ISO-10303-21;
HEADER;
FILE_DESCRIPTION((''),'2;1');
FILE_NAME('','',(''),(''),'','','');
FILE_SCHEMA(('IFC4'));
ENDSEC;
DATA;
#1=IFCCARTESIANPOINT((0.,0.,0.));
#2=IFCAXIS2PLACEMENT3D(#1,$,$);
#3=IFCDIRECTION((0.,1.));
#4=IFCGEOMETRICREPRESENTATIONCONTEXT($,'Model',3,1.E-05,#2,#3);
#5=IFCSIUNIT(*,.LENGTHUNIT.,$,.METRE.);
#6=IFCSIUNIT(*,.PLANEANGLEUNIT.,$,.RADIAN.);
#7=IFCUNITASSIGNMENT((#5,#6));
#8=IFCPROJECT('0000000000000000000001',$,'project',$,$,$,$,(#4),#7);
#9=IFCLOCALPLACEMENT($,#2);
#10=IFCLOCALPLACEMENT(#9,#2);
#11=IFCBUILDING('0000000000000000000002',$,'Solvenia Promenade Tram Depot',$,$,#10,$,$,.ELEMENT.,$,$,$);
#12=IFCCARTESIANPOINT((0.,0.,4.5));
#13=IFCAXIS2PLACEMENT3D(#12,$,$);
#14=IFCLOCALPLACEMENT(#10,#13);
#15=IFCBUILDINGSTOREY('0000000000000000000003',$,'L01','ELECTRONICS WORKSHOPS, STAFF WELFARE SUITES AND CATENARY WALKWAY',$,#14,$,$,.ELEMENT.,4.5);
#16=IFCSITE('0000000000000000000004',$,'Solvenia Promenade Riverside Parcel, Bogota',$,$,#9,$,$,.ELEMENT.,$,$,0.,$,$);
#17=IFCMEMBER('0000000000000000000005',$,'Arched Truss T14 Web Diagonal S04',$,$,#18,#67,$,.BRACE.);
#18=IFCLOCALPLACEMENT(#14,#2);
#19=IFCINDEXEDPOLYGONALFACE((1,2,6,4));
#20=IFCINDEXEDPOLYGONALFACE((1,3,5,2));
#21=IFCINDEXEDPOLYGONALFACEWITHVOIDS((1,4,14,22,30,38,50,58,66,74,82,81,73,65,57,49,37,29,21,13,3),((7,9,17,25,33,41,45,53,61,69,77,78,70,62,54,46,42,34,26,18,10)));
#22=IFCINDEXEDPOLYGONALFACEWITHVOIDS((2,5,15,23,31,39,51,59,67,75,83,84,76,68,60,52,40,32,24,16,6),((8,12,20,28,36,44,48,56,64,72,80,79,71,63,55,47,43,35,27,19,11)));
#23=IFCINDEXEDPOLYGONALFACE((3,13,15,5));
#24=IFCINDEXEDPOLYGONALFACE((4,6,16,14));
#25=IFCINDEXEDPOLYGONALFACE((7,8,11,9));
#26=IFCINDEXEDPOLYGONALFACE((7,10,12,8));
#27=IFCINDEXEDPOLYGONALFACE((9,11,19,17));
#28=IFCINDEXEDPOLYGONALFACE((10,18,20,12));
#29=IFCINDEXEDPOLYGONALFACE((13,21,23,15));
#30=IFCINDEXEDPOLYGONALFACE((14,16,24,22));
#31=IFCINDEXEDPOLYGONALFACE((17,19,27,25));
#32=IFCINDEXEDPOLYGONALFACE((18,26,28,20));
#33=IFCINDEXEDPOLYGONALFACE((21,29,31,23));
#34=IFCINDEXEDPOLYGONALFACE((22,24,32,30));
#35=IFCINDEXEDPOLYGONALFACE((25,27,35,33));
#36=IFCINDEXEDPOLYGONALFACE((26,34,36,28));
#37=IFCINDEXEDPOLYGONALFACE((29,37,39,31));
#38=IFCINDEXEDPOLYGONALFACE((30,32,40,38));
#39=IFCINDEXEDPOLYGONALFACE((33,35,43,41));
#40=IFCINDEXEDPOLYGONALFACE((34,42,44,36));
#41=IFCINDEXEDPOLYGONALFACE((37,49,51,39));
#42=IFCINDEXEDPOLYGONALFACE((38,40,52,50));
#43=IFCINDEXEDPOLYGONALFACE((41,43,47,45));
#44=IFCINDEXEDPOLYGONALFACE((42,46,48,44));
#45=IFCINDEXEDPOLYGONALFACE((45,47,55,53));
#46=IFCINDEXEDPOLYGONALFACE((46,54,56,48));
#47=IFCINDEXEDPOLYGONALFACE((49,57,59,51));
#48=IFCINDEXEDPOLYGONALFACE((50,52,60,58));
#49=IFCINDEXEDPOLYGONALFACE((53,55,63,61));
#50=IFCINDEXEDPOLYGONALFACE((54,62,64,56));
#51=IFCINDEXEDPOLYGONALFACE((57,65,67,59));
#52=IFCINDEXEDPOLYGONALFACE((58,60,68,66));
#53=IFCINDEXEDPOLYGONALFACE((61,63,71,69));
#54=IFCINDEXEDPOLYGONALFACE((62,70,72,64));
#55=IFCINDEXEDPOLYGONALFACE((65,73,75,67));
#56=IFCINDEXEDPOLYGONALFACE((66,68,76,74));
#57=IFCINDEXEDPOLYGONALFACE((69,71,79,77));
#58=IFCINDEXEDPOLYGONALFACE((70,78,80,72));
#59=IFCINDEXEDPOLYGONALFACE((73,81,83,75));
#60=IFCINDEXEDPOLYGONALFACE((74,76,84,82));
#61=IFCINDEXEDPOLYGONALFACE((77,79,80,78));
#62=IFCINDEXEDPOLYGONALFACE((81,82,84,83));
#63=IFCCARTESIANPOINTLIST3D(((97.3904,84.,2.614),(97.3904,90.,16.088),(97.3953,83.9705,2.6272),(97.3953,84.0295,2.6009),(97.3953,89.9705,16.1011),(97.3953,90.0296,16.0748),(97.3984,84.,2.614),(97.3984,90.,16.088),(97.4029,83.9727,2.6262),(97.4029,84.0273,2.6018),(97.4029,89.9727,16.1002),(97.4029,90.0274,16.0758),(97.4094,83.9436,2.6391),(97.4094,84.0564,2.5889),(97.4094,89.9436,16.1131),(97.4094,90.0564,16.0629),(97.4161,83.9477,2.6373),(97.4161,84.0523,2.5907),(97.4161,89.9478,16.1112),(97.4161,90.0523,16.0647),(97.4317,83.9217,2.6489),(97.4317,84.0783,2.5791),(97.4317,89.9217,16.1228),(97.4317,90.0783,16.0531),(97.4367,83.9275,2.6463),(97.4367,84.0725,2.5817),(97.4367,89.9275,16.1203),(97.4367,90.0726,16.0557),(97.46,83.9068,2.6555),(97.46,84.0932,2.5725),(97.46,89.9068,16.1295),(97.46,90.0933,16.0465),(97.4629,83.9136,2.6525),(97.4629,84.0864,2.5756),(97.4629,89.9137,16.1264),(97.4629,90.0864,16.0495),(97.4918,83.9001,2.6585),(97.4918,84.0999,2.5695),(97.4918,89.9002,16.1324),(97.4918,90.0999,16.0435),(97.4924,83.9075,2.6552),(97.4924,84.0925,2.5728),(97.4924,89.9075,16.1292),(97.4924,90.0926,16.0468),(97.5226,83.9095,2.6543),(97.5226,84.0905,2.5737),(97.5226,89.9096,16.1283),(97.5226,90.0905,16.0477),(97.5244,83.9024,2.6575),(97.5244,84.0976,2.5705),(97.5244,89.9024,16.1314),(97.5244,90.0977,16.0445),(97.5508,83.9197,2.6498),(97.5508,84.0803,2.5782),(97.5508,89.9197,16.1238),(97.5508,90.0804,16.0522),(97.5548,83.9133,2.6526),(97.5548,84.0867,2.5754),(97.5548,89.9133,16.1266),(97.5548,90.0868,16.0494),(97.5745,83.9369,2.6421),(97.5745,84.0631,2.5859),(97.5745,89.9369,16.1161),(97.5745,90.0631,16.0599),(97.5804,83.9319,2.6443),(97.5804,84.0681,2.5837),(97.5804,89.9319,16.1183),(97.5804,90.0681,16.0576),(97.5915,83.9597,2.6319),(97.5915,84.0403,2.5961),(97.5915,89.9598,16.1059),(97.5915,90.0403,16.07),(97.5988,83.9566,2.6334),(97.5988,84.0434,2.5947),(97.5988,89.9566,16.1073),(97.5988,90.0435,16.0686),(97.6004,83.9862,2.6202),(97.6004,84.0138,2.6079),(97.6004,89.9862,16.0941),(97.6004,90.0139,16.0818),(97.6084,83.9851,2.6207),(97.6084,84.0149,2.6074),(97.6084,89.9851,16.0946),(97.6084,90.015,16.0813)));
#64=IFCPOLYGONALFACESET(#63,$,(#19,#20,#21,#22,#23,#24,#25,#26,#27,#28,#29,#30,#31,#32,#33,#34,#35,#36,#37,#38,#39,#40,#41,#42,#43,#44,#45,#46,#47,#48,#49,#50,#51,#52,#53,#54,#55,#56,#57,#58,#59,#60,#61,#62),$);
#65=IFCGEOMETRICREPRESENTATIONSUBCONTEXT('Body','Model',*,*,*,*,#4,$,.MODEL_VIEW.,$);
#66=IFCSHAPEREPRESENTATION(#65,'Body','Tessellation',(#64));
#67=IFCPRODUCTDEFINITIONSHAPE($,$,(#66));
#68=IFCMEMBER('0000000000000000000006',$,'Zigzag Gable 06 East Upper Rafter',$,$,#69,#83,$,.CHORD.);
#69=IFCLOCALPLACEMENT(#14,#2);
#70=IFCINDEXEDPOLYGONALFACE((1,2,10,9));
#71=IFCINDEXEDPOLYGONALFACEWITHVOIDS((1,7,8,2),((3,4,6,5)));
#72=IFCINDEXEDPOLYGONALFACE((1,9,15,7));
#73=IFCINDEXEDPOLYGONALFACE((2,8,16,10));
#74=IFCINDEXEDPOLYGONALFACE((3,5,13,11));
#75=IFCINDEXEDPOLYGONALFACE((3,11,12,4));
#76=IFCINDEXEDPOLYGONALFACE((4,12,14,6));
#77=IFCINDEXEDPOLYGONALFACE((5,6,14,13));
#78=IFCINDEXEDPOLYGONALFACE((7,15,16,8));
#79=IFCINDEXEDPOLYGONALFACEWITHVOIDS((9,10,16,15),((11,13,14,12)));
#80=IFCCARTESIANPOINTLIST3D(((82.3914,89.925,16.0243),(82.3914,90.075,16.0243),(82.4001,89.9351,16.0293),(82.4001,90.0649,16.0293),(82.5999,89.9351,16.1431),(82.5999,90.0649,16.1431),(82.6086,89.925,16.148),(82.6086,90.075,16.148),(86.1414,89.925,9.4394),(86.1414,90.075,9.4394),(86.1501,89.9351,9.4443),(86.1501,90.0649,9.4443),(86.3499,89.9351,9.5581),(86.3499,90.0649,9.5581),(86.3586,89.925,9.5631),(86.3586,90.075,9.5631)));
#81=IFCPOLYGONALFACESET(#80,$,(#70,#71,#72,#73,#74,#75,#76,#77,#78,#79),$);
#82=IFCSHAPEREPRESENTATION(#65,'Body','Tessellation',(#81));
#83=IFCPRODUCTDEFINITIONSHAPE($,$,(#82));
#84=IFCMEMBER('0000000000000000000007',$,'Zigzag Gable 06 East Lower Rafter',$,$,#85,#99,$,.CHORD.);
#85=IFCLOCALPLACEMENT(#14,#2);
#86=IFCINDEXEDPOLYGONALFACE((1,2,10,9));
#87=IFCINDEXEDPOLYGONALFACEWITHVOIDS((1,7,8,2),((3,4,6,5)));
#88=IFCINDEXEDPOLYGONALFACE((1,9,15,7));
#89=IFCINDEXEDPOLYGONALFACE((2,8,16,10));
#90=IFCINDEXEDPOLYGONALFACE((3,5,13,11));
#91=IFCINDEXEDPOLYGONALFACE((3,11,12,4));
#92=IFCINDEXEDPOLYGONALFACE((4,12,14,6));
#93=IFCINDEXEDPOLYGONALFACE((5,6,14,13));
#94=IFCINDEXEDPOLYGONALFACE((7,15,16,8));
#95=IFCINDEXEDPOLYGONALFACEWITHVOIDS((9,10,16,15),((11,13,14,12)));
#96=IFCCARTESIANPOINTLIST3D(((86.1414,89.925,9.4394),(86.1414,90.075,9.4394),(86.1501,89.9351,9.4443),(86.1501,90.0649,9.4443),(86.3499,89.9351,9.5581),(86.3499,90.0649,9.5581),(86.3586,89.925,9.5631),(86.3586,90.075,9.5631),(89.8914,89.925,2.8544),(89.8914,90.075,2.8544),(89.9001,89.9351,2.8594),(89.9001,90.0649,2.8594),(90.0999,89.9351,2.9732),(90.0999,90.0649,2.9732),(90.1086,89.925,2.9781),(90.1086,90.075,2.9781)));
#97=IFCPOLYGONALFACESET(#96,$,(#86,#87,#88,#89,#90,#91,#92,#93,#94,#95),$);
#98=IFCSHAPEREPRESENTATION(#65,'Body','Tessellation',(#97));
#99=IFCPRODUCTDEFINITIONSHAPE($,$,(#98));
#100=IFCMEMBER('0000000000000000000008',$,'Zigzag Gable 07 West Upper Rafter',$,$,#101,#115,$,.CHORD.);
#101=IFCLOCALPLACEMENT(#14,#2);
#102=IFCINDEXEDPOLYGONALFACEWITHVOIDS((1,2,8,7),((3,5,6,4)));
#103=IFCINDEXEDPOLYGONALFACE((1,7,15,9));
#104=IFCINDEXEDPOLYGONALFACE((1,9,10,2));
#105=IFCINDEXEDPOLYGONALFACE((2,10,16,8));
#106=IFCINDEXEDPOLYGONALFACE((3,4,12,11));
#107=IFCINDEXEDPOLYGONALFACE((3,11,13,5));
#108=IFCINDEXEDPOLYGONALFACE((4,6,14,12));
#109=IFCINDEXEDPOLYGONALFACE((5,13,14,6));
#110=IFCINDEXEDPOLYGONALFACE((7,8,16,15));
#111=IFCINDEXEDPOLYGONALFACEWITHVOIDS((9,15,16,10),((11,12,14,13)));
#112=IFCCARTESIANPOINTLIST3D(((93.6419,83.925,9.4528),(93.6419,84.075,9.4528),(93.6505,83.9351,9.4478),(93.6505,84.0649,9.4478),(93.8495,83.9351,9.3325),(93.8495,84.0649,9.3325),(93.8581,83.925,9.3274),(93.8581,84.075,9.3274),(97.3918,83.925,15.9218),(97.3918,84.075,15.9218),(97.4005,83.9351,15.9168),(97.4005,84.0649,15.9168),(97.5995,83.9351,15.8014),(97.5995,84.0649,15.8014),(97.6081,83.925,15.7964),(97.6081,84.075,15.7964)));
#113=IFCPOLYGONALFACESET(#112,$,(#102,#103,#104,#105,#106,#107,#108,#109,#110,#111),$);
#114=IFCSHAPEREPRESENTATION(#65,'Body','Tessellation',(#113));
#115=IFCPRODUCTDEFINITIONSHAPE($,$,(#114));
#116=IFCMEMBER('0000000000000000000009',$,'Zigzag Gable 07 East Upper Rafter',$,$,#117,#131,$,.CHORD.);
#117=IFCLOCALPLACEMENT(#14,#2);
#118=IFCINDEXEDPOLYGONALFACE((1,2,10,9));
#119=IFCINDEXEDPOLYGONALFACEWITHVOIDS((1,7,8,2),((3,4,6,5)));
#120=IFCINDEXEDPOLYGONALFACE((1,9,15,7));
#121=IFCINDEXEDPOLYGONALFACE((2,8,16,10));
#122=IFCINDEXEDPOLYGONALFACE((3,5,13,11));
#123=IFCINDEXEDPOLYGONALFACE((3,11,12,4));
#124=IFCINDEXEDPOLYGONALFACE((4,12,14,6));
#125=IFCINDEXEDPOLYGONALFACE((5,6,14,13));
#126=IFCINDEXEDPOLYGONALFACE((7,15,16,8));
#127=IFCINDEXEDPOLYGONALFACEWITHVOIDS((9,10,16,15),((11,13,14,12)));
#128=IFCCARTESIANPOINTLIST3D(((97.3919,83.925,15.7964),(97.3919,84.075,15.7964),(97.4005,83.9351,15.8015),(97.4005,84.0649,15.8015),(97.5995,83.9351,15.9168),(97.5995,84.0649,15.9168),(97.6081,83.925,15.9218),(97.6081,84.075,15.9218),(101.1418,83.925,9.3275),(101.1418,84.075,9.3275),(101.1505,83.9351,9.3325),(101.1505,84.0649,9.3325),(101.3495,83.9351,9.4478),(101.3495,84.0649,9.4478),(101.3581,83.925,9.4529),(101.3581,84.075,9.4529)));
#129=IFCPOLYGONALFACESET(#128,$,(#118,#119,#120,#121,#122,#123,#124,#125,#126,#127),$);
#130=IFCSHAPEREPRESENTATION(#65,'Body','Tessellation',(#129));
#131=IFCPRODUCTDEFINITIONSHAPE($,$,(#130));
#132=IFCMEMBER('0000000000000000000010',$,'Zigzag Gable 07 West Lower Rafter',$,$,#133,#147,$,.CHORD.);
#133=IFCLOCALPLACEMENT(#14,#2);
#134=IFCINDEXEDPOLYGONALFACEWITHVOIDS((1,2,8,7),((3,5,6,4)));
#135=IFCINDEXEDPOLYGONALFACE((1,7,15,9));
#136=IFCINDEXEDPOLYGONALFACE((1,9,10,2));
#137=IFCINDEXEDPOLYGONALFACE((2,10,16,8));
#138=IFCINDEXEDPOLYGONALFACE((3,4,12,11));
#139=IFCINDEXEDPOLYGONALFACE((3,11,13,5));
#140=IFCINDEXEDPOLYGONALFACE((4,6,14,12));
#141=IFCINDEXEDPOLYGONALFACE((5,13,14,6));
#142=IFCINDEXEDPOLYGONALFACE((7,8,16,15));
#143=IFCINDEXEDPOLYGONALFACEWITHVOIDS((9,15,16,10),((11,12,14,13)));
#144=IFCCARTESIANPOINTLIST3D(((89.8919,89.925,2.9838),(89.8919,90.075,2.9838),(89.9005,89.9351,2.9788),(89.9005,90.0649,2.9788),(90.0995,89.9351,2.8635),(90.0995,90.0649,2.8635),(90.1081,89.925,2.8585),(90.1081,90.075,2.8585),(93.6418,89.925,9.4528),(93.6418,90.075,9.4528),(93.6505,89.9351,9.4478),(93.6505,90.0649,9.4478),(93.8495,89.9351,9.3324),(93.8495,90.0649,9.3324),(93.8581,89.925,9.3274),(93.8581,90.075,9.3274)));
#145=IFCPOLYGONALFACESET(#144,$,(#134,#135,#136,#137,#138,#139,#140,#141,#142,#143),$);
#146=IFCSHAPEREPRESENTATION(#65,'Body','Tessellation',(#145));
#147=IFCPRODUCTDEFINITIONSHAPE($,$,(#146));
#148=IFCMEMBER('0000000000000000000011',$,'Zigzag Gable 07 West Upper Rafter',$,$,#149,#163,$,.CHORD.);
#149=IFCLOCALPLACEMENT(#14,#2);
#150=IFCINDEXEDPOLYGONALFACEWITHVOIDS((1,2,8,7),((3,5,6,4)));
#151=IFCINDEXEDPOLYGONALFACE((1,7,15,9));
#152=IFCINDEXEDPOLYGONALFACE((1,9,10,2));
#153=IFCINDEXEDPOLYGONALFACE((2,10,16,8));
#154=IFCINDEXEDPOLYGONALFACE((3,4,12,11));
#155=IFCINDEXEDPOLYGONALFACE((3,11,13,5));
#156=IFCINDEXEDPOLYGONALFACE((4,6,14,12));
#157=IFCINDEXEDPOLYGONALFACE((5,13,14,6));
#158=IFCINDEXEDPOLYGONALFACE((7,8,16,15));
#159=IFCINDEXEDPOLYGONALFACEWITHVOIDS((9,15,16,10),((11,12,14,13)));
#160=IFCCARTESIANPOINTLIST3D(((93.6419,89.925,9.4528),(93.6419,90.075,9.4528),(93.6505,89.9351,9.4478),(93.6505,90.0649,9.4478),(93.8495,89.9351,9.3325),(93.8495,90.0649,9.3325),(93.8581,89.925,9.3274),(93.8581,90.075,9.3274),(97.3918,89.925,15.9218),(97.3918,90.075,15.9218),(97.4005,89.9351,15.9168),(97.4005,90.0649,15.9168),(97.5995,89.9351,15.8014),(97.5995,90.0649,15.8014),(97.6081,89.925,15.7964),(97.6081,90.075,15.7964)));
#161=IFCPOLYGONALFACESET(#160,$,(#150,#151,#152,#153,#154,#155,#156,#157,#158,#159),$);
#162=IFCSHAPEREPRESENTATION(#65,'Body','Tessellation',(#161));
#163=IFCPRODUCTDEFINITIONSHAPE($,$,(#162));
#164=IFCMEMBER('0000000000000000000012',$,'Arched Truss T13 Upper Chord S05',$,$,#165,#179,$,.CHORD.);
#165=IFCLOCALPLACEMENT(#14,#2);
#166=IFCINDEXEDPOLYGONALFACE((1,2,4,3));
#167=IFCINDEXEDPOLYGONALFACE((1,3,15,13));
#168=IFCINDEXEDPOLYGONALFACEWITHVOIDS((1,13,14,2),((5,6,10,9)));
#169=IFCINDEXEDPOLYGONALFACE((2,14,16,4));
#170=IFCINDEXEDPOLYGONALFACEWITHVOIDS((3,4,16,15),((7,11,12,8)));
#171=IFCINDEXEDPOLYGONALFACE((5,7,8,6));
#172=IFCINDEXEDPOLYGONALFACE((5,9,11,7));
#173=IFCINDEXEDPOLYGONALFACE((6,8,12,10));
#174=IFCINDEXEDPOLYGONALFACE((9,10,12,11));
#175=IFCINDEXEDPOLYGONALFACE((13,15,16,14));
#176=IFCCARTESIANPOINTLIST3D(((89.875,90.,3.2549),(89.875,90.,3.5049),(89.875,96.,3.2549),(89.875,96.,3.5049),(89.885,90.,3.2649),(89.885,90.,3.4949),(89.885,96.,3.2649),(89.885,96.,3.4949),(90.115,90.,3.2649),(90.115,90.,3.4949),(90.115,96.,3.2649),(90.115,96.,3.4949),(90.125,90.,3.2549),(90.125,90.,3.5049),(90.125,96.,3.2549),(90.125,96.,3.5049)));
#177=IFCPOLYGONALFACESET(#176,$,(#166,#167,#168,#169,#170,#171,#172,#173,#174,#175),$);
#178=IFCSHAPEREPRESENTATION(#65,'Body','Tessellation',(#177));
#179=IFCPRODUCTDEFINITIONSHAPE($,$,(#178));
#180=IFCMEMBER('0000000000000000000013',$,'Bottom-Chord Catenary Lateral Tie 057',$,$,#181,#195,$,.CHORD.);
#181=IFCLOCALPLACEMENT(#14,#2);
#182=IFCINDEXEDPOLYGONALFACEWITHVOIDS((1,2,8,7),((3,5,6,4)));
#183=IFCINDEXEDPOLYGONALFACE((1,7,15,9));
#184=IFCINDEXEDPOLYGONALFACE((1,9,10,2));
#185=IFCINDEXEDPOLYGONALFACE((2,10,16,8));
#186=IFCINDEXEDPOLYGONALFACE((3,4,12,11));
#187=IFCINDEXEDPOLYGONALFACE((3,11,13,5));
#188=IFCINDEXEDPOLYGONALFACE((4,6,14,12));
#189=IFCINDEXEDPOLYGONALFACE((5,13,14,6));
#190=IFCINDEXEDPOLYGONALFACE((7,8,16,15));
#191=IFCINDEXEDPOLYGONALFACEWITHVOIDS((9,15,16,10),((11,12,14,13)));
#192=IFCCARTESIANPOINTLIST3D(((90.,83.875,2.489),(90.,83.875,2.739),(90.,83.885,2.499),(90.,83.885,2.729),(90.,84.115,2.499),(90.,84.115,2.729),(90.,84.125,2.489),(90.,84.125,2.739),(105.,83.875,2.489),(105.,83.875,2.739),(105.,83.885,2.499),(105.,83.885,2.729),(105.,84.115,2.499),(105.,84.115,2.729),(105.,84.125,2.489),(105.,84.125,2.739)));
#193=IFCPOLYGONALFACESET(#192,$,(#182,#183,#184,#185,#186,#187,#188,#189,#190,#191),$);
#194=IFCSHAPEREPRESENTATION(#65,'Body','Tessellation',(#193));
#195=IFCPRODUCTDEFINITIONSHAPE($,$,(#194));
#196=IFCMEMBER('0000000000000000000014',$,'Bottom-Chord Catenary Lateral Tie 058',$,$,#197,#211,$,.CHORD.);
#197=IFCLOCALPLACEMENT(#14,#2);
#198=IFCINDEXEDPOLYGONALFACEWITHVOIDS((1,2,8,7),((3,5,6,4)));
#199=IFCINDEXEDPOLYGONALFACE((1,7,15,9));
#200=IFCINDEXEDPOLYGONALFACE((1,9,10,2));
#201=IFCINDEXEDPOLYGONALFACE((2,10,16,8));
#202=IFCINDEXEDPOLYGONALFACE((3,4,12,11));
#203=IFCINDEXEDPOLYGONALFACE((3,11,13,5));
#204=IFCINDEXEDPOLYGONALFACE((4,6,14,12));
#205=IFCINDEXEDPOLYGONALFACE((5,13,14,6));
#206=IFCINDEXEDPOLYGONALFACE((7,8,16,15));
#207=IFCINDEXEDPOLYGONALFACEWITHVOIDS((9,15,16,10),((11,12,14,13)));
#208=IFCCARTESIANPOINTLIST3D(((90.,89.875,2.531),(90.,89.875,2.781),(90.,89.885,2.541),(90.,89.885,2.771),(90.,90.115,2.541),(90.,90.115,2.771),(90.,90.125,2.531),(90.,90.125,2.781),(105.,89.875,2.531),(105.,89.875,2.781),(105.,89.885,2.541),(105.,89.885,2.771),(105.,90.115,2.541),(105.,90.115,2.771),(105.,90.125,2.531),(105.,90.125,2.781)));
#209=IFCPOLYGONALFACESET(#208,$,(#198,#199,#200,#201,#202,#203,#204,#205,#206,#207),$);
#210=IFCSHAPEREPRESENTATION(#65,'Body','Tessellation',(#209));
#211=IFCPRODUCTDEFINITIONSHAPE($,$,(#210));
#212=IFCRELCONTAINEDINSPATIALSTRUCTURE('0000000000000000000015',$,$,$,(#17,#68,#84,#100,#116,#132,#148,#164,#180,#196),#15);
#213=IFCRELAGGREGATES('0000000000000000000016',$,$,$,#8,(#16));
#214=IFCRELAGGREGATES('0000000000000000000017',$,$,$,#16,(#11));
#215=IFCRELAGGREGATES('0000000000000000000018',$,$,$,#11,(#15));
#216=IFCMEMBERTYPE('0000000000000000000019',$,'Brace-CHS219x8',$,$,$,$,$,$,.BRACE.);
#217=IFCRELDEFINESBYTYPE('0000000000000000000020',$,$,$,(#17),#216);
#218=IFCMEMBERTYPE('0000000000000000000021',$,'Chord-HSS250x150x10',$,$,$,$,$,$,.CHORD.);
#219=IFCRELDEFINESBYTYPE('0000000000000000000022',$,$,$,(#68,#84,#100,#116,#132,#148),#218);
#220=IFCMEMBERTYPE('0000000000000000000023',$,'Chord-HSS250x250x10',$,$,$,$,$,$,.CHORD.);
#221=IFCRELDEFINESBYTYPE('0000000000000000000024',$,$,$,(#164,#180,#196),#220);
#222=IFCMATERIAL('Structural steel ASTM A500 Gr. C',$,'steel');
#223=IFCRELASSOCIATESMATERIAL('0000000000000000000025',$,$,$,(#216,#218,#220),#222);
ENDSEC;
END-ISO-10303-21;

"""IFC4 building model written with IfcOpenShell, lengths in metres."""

from ifc_helpers import new_model, si_unit, direction, frame, origin, origin_2d, place, context, subcontext, project, spatial, hollow_rectangle, hollow_circle, extrude, material, material_profile, profile_set, type_object, element, save


model = new_model("IFC4")

# Units and contexts
model_context = context("Model", 3, precision=1e-05, world=origin(), true_north=direction((0.0, 1.0)))
body_context = subcontext(model_context, "Body", "Model", "MODEL_VIEW")
ifc_project = project(units=[si_unit("LENGTHUNIT", "METRE"), si_unit("PLANEANGLEUNIT", "RADIAN")], contexts=[model_context])

# Site, building, storey
site_placement = place(None, origin())
site = spatial("IfcSite", under=ifc_project, at=site_placement, Name="Solvenia Promenade Riverside Parcel, Bogota", CompositionType="ELEMENT", RefElevation=0.0)
building_placement = place(site_placement, origin())
building = spatial("IfcBuilding", under=site, at=building_placement, Name="Solvenia Promenade Tram Depot", CompositionType="ELEMENT")
storey_placement = place(building_placement, frame((0.0, 0.0, 4.5)))
storey = spatial("IfcBuildingStorey", under=building, at=storey_placement, Name="L01", Description="ELECTRONICS WORKSHOPS, STAFF WELFARE SUITES AND CATENARY WALKWAY", CompositionType="ELEMENT", Elevation=4.5)

# Members
ifc_material_1 = material(Name="Structural steel ASTM A500 Gr. C", Category="steel")
ifc_material_profile_1 = material_profile(ifc_material_1, hollow_circle(Radius=0.1096, WallThickness=0.0081, at=origin_2d()), Name="CHS219.1x8", Category="steel")
ifc_profile_set_1 = profile_set([ifc_material_profile_1], Name="Structural steel ASTM A500 Gr. C")
member_type_1 = type_object("IfcMemberType", Name="Brace-CHS219x8", PredefinedType="BRACE", material=ifc_profile_set_1)
member_1_placement = place(storey_placement, frame((97.5, 84.0, 2.614), z_axis=(0.0, 0.406796, 0.913519), x_axis=(-1.0, 0.0, 0.0)))
element("IfcMember", 1, at=member_1_placement, inside=storey, type_object=member_type_1, Name="Arched Truss T14 Web Diagonal S04", PredefinedType="BRACE", context=body_context, shape_type="SweptSolid", body=[
    extrude(hollow_circle(Radius=0.1096, WallThickness=0.0081, at=origin_2d()), origin(), (0.0, 0.0, 1.0), 14.7495),
])
ifc_material_profile_2 = material_profile(ifc_material_1, hollow_rectangle(XDim=0.1499, YDim=0.25, WallThickness=0.01, at=origin_2d()), Name="HSS250x150x10", Category="steel")
ifc_profile_set_2 = profile_set([ifc_material_profile_2], Name="Structural steel ASTM A500 Gr. C")
member_type_2 = type_object("IfcMemberType", Name="Chord-HSS250x150x10", PredefinedType="CHORD", material=ifc_profile_set_2)
for number, where, z_axis, x_axis, name in (
    (2, (82.5, 90.0, 16.0862), (0.494862, 0.0, -0.868972), (0.0, 1.0, 0.0), "Zigzag Gable 06 East Upper Rafter"),
    (3, (86.25, 90.0, 9.5012), (0.494862, 0.0, -0.868972), (0.0, 1.0, 0.0), "Zigzag Gable 06 East Lower Rafter"),
):
    element("IfcMember", number, at=place(storey_placement, frame(where, z_axis=z_axis, x_axis=x_axis)), inside=storey, type_object=member_type_2, Name=name, PredefinedType="CHORD", context=body_context, shape_type="SweptSolid", body=[
        extrude(hollow_rectangle(XDim=0.1499, YDim=0.25, WallThickness=0.01, at=origin_2d()), origin(), (0.0, 0.0, 1.0), 7.5779),
    ])
for number, where, z_axis, x_axis, name in (
    (4, (93.75, 84.0, 9.3901), (0.501516, 0.0, 0.865148), (0.0, 1.0, 0.0), "Zigzag Gable 07 West Upper Rafter"),
    (5, (97.5, 84.0, 15.8591), (0.501516, 0.0, -0.865148), (0.0, 1.0, 0.0), "Zigzag Gable 07 East Upper Rafter"),
    (6, (90.0, 90.0, 2.9211), (0.501516, 0.0, 0.865148), (0.0, 1.0, 0.0), "Zigzag Gable 07 West Lower Rafter"),
    (7, (93.75, 90.0, 9.3901), (0.501516, 0.0, 0.865148), (0.0, 1.0, 0.0), "Zigzag Gable 07 West Upper Rafter"),
):
    element("IfcMember", number, at=place(storey_placement, frame(where, z_axis=z_axis, x_axis=x_axis)), inside=storey, type_object=member_type_2, Name=name, PredefinedType="CHORD", context=body_context, shape_type="SweptSolid", body=[
        extrude(hollow_rectangle(XDim=0.1499, YDim=0.25, WallThickness=0.01, at=origin_2d()), origin(), (0.0, 0.0, 1.0), 7.4773),
    ])
ifc_material_profile_3 = material_profile(ifc_material_1, hollow_rectangle(XDim=0.25, YDim=0.25, WallThickness=0.01, at=origin_2d()), Name="HSS250x250x10", Category="steel")
ifc_profile_set_3 = profile_set([ifc_material_profile_3], Name="Structural steel ASTM A500 Gr. C")
member_type_3 = type_object("IfcMemberType", Name="Chord-HSS250x250x10", PredefinedType="CHORD", material=ifc_profile_set_3)
member_2_placement = place(storey_placement, frame((90.0, 90.0, 3.3799), z_axis=(0.0, 1.0, 0.0), x_axis=(-1.0, 0.0, 0.0)))
element("IfcMember", 8, at=member_2_placement, inside=storey, type_object=member_type_3, Name="Arched Truss T13 Upper Chord S05", PredefinedType="CHORD", context=body_context, shape_type="SweptSolid", body=[
    extrude(hollow_rectangle(XDim=0.25, YDim=0.25, WallThickness=0.01, at=origin_2d()), origin(), (0.0, 0.0, 1.0), 6.0),
])
for number, where, z_axis, x_axis, name in (
    (9, (90.0, 84.0, 2.614), (1.0, 0.0, 0.0), (0.0, 1.0, 0.0), "Bottom-Chord Catenary Lateral Tie 057"),
    (10, (90.0, 90.0, 2.656), (1.0, 0.0, 0.0), (0.0, 1.0, 0.0), "Bottom-Chord Catenary Lateral Tie 058"),
):
    element("IfcMember", number, at=place(storey_placement, frame(where, z_axis=z_axis, x_axis=x_axis)), inside=storey, type_object=member_type_3, Name=name, PredefinedType="CHORD", context=body_context, shape_type="SweptSolid", body=[
        extrude(hollow_rectangle(XDim=0.25, YDim=0.25, WallThickness=0.01, at=origin_2d()), origin(), (0.0, 0.0, 1.0), 15.0),
    ])

save(model, "model.ifc")
